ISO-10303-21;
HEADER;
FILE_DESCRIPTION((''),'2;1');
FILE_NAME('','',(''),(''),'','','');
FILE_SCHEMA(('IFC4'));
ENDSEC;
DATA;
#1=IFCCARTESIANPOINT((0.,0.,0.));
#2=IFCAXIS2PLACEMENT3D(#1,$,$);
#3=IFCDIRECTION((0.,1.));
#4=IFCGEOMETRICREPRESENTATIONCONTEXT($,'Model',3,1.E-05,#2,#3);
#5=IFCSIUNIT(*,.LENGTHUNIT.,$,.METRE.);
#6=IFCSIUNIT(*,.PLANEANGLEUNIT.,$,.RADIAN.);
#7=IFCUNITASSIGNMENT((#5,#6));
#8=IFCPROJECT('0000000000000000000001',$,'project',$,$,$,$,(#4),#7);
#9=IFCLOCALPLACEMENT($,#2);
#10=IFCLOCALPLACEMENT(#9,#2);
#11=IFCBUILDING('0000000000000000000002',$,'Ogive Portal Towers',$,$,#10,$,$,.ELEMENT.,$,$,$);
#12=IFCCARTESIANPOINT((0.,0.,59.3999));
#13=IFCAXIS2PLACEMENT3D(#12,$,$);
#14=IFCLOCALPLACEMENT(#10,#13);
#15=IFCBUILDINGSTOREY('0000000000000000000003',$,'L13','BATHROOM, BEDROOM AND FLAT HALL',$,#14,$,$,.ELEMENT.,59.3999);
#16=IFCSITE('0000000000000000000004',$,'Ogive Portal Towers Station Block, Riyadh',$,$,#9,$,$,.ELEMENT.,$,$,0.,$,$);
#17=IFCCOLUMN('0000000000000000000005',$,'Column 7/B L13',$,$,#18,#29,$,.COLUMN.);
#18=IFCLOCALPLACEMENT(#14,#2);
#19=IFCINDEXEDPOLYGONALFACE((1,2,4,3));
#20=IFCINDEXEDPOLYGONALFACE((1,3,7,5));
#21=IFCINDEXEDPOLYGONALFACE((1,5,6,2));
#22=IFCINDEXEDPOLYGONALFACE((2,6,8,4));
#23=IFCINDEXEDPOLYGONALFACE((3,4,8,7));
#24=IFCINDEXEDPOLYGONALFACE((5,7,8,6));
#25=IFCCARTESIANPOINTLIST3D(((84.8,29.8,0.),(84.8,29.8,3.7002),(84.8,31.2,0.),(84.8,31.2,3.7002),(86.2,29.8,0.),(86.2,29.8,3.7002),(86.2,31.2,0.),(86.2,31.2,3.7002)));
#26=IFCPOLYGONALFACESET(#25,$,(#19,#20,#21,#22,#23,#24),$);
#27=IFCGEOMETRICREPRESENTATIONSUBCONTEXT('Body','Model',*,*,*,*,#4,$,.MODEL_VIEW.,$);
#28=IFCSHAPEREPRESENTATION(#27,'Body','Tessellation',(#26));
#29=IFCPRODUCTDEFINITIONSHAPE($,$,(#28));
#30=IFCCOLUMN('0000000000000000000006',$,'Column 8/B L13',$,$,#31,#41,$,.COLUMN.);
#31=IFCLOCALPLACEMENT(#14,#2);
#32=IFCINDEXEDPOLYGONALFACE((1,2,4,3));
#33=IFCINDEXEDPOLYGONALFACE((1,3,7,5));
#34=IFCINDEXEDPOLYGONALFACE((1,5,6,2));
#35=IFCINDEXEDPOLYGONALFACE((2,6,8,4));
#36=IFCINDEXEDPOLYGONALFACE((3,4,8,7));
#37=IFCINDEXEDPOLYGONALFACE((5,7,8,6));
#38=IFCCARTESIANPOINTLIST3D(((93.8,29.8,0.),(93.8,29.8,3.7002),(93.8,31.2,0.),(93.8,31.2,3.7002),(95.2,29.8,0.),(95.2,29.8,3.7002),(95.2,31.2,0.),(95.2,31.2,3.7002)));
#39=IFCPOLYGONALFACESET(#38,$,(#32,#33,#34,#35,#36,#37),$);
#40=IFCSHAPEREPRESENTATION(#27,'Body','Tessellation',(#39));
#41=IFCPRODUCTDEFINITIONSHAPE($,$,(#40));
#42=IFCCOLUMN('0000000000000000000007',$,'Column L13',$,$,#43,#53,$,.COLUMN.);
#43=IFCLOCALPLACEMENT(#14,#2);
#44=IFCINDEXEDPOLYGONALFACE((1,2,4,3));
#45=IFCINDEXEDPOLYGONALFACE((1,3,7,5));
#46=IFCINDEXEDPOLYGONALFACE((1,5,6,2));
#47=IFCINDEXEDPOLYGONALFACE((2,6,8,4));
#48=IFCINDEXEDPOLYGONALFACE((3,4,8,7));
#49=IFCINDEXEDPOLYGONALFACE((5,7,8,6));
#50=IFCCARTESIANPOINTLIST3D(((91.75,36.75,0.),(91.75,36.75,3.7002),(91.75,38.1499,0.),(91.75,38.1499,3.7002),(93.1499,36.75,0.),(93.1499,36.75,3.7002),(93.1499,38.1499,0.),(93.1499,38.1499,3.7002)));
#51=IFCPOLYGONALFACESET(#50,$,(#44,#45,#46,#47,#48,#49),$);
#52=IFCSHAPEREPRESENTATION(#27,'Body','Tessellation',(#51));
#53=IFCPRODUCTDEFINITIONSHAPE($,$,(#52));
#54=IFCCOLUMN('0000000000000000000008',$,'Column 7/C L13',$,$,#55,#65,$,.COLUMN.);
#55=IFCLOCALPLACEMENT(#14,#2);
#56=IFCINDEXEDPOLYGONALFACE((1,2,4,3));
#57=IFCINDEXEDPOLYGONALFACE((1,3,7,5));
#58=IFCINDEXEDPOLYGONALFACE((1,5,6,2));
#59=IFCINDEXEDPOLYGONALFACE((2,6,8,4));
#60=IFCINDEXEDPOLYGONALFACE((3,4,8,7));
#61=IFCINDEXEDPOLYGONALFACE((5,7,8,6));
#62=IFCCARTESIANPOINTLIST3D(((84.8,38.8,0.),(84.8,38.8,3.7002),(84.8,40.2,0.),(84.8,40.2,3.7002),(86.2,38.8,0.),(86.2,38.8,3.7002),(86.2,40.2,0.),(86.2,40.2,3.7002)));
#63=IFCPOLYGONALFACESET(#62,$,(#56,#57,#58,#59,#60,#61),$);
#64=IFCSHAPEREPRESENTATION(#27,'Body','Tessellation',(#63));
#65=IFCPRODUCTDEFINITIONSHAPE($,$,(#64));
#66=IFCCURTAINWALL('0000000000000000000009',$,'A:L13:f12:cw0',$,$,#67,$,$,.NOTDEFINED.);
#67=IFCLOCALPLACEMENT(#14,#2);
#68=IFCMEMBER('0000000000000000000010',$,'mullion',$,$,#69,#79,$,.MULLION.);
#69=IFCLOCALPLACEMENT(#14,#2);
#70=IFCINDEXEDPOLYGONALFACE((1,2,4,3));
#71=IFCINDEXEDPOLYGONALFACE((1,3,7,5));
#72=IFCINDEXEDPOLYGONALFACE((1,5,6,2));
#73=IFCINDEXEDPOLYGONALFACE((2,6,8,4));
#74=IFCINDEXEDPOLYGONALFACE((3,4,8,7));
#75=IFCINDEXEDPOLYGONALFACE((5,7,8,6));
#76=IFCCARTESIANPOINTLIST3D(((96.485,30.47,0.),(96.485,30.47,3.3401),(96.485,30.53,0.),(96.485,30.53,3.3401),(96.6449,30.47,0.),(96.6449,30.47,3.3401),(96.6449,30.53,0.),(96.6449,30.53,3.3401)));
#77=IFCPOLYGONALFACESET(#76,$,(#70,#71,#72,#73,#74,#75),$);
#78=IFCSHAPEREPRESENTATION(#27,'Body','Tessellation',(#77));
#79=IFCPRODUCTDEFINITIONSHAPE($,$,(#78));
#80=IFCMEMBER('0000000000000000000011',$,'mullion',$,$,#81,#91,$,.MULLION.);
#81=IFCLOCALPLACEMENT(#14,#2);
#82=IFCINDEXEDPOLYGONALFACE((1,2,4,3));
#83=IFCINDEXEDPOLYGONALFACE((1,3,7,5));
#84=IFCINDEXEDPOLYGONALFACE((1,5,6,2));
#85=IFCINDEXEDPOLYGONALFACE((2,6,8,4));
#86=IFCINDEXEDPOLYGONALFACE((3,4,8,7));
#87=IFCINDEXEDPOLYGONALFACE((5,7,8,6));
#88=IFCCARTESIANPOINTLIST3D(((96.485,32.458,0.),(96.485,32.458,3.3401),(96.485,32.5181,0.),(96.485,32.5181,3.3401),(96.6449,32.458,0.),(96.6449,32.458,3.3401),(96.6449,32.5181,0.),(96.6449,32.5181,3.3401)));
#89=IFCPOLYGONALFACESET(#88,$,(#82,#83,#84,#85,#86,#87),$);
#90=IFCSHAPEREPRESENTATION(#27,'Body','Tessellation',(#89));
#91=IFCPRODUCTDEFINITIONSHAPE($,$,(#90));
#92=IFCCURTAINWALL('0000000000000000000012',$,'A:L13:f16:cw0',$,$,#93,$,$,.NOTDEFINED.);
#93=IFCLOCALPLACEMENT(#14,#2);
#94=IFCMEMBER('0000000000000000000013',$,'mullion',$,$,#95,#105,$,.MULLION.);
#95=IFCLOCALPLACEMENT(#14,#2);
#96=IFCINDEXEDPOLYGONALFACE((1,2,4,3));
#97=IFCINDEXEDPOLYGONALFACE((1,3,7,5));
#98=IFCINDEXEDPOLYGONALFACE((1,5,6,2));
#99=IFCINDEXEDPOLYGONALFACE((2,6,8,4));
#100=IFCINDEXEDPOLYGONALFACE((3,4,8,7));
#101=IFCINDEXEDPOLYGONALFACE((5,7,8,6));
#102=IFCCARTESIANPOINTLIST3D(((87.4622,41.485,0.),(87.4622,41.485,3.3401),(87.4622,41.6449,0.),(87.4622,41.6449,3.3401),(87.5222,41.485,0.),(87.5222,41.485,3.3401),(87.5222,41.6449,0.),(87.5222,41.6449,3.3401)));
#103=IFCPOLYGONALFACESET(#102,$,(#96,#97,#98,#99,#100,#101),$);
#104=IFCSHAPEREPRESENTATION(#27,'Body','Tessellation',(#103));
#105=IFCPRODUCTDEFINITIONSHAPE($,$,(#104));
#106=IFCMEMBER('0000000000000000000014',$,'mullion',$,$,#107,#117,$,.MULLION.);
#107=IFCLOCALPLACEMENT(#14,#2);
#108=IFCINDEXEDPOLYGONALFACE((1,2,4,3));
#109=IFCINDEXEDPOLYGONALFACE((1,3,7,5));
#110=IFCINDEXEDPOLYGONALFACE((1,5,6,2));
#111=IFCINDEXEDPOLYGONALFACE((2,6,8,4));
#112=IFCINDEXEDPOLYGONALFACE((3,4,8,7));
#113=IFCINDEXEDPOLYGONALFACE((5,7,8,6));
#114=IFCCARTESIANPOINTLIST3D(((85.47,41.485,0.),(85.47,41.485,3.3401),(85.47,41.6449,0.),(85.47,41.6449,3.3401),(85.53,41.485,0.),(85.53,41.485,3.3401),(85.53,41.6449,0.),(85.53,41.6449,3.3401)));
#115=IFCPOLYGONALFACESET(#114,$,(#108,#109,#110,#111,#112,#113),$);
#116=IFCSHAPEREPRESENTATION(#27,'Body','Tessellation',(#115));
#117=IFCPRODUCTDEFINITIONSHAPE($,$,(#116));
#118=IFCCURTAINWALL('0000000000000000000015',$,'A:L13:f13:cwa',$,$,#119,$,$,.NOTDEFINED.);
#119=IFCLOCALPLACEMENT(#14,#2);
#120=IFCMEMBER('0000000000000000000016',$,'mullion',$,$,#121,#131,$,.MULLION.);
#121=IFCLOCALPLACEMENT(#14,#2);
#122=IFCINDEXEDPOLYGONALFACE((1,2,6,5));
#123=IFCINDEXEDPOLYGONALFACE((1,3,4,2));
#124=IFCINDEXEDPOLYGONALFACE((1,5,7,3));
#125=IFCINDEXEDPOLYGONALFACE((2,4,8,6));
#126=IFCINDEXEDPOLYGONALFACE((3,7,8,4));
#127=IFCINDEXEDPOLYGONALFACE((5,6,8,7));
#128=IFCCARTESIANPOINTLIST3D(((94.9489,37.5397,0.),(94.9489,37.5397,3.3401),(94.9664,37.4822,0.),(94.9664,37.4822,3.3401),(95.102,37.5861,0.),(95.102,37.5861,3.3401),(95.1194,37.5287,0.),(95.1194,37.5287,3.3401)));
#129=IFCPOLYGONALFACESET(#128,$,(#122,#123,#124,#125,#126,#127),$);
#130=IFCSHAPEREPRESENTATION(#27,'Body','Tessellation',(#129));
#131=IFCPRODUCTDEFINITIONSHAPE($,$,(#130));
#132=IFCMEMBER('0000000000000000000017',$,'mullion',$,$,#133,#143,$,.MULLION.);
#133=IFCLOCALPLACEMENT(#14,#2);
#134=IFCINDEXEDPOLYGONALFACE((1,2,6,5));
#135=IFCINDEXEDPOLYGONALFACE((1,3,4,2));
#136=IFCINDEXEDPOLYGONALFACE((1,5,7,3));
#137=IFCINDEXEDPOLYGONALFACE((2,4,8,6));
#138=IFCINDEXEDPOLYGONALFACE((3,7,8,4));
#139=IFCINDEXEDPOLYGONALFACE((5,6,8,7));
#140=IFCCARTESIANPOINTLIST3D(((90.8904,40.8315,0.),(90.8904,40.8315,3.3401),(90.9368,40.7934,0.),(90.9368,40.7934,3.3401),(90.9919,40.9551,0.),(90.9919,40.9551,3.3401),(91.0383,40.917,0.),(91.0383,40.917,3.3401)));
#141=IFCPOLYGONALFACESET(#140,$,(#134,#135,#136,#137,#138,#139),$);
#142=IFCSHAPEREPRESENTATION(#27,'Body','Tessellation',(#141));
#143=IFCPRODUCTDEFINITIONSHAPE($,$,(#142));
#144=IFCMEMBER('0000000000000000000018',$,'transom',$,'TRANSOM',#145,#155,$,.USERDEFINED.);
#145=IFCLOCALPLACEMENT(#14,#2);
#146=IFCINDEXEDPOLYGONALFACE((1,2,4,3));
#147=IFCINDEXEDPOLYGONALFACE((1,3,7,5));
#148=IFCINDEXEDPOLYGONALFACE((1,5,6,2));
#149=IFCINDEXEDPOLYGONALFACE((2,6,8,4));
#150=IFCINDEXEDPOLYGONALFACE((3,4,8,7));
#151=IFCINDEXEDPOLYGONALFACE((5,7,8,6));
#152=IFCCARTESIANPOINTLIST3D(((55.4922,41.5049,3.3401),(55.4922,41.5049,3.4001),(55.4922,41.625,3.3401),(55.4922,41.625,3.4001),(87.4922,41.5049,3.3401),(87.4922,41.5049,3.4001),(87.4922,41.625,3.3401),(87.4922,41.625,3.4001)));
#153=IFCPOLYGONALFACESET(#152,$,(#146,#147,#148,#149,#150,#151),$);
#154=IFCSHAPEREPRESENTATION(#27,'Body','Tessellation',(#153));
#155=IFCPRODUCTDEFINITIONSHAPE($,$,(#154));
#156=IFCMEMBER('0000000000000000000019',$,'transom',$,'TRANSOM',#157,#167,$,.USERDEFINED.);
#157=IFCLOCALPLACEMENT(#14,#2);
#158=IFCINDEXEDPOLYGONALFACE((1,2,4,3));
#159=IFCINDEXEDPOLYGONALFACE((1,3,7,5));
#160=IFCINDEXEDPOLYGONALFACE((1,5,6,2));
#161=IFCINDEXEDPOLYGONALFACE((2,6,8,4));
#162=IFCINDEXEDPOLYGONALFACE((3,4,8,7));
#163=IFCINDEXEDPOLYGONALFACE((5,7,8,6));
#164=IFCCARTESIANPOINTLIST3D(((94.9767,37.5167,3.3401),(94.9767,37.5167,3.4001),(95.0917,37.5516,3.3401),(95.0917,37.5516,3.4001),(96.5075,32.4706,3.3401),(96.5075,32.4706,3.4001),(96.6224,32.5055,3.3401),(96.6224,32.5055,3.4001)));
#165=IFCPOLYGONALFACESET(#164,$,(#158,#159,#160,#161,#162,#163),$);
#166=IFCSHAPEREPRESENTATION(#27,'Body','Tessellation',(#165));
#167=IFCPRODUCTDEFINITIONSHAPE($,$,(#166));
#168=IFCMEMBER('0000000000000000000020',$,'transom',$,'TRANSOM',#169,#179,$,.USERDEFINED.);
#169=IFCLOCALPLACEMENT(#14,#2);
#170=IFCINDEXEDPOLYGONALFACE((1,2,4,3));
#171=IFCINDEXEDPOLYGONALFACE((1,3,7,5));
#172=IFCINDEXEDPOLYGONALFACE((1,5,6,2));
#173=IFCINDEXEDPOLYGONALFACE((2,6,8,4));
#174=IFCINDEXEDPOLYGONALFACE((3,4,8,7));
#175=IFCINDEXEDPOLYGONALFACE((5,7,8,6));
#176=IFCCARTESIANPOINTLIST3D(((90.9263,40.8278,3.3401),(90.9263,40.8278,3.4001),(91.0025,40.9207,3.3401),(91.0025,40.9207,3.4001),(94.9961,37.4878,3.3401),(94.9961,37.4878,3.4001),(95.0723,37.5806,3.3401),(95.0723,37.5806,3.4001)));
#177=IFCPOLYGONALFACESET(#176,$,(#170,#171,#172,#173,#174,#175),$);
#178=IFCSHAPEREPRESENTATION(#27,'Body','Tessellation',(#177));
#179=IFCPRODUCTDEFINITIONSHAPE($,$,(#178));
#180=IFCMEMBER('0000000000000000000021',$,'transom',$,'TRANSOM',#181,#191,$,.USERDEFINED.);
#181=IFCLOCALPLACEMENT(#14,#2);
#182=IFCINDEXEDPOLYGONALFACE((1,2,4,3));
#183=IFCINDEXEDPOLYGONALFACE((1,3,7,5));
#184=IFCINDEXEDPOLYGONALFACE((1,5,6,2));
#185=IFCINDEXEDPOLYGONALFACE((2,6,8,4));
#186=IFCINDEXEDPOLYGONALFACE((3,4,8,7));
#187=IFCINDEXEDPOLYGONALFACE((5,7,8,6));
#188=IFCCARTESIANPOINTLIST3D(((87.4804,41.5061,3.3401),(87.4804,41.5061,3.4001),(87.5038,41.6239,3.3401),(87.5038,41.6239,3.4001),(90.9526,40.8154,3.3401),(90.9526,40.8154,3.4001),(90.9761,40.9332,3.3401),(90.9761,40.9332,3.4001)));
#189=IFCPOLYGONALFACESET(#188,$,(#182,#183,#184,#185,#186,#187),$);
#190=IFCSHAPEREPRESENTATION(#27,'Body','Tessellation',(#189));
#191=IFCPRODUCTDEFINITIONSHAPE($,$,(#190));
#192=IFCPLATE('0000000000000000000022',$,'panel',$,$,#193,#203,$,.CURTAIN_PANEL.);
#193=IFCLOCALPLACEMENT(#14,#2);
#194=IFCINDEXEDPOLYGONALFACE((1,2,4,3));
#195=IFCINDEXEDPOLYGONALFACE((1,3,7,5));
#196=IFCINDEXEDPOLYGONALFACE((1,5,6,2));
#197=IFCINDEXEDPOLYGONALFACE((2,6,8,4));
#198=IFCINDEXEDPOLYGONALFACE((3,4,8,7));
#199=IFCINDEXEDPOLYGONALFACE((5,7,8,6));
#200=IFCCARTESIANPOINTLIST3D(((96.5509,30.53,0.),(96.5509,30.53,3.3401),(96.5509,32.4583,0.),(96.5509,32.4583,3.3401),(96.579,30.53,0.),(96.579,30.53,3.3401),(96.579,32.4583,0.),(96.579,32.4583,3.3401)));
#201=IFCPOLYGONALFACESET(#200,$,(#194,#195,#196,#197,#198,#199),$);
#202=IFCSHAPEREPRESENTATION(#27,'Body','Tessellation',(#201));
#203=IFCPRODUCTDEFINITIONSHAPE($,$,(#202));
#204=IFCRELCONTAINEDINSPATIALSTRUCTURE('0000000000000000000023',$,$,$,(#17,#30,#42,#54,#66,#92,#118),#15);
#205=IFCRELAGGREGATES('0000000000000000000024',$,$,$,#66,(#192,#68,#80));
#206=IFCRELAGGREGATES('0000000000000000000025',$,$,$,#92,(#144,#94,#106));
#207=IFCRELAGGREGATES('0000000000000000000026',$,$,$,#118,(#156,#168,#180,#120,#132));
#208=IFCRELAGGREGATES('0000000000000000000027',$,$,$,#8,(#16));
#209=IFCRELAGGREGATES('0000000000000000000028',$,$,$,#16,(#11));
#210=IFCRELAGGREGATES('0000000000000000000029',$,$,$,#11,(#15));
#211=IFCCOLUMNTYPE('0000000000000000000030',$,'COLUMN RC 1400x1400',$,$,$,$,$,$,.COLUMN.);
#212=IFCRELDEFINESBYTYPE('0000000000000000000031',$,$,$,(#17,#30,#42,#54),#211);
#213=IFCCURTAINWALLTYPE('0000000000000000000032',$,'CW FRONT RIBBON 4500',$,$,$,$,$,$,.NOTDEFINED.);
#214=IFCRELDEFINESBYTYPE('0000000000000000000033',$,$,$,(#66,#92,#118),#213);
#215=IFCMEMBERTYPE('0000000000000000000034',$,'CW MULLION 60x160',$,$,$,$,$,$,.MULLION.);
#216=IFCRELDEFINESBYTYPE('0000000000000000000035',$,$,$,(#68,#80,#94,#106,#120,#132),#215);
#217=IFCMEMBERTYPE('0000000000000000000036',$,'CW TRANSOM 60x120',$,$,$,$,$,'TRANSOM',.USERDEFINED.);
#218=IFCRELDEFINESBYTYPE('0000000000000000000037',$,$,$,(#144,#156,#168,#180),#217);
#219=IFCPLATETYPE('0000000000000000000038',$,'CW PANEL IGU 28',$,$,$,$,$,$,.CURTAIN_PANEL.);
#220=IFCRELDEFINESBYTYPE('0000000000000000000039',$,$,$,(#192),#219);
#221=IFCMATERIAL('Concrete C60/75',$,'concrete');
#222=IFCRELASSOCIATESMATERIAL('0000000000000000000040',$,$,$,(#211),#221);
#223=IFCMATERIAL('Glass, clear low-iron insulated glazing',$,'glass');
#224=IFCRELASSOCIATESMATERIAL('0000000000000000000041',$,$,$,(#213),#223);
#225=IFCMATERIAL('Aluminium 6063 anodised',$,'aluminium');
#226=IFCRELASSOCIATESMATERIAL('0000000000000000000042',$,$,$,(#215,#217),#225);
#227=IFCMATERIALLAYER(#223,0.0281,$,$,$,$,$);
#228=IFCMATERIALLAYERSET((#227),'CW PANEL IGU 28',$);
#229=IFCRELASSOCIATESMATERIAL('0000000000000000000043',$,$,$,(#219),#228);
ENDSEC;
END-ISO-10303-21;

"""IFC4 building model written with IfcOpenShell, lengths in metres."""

from ifc_helpers import new_model, si_unit, direction, frame, origin, origin_2d, place, context, subcontext, project, spatial, rectangle, extrude, material, layer, layer_set, material_profile, profile_set, type_object, element, aggregate, save


model = new_model("IFC4")

# Units and contexts
model_context = context("Model", 3, precision=1e-05, world=origin(), true_north=direction((0.0, 1.0)))
body_context = subcontext(model_context, "Body", "Model", "MODEL_VIEW")
ifc_project = project(units=[si_unit("LENGTHUNIT", "METRE"), si_unit("PLANEANGLEUNIT", "RADIAN")], contexts=[model_context])

# Site, building, storey
site_placement = place(None, origin())
site = spatial("IfcSite", under=ifc_project, at=site_placement, Name="Ogive Portal Towers Station Block, Riyadh", CompositionType="ELEMENT", RefElevation=0.0)
building_placement = place(site_placement, origin())
building = spatial("IfcBuilding", under=site, at=building_placement, Name="Ogive Portal Towers", CompositionType="ELEMENT")
storey_placement = place(building_placement, frame((0.0, 0.0, 59.3999)))
storey = spatial("IfcBuildingStorey", under=building, at=storey_placement, Name="L13", Description="BATHROOM, BEDROOM AND FLAT HALL", CompositionType="ELEMENT", Elevation=59.3999)

# Columns
ifc_material_1 = material(Name="Concrete C60/75", Category="concrete")
ifc_material_profile_1 = material_profile(ifc_material_1, rectangle(XDim=1.3999, YDim=1.3999, at=origin_2d()), Name="RC 1400x1400")
ifc_profile_set_1 = profile_set([ifc_material_profile_1], Name="Concrete C60/75")
column_type = type_object("IfcColumnType", Name="COLUMN RC 1400x1400", PredefinedType="COLUMN", material=ifc_profile_set_1)
for number, where, z_axis, x_axis, name in (
    (1, (85.5, 30.5, 0.0), (0.0, 0.0, 1.0), (1.0, 0.0, 0.0), "Column 7/B L13"),
    (2, (94.5, 30.5, 0.0), (0.0, 0.0, 1.0), (1.0, 0.0, 0.0), "Column 8/B L13"),
    (3, (92.45, 37.45, 0.0), (0.0, 0.0, 1.0), (1.0, 0.0, 0.0), "Column L13"),
    (4, (85.5, 39.5, 0.0), (0.0, 0.0, 1.0), (1.0, 0.0, 0.0), "Column 7/C L13"),
):
    element("IfcColumn", number, at=place(storey_placement, frame(where, z_axis=z_axis, x_axis=x_axis)), inside=storey, type_object=column_type, Name=name, PredefinedType="COLUMN", context=body_context, shape_type="SweptSolid", body=[
        extrude(rectangle(XDim=1.3999, YDim=1.3999, at=origin_2d()), origin(), (0.0, 0.0, 1.0), 3.7002),
    ])

# Curtain walls, members
ifc_material_2 = material(Name="Glass, clear low-iron insulated glazing", Category="glass")
curtain_wall_type = type_object("IfcCurtainWallType", Name="CW FRONT RIBBON 4500", PredefinedType="NOTDEFINED", material=ifc_material_2)
curtain_wall_1_placement = place(storey_placement, origin())
curtain_wall_1 = element("IfcCurtainWall", 5, at=curtain_wall_1_placement, inside=storey, type_object=curtain_wall_type, Name="A:L13:f12:cw0", PredefinedType="NOTDEFINED")
ifc_material_3 = material(Name="Aluminium 6063 anodised", Category="aluminium")
ifc_material_profile_2 = material_profile(ifc_material_3, rectangle(XDim=0.1599, YDim=0.0601, at=origin_2d()), Name="AL 60x160")
ifc_profile_set_2 = profile_set([ifc_material_profile_2], Name="Aluminium 6063 anodised")
member_type_1 = type_object("IfcMemberType", Name="CW MULLION 60x160", PredefinedType="MULLION", material=ifc_profile_set_2)
member_1_placement = place(storey_placement, frame((96.5649, 30.5, 0.0), z_axis=(0.0, 0.0, 1.0), x_axis=(-1.0, 0.0, 0.0)))
member_1 = element("IfcMember", 6, at=member_1_placement, type_object=member_type_1, Name="mullion", PredefinedType="MULLION", context=body_context, shape_type="SweptSolid", body=[
    extrude(rectangle(XDim=0.1599, YDim=0.0601, at=origin_2d()), origin(), (0.0, 0.0, 1.0), 3.3401),
])
member_2_placement = place(storey_placement, frame((96.5649, 32.488, 0.0), z_axis=(0.0, 0.0, 1.0), x_axis=(-1.0, 0.0, 0.0)))
member_2 = element("IfcMember", 7, at=member_2_placement, type_object=member_type_1, Name="mullion", PredefinedType="MULLION", context=body_context, shape_type="SweptSolid", body=[
    extrude(rectangle(XDim=0.1599, YDim=0.0601, at=origin_2d()), origin(), (0.0, 0.0, 1.0), 3.3401),
])
curtain_wall_2_placement = place(storey_placement, origin())
curtain_wall_2 = element("IfcCurtainWall", 8, at=curtain_wall_2_placement, inside=storey, type_object=curtain_wall_type, Name="A:L13:f16:cw0", PredefinedType="NOTDEFINED")
member_3_placement = place(storey_placement, frame((87.4922, 41.5649, 0.0), z_axis=(0.0, 0.0, 1.0), x_axis=(0.0, -1.0, 0.0)))
member_3 = element("IfcMember", 9, at=member_3_placement, type_object=member_type_1, Name="mullion", PredefinedType="MULLION", context=body_context, shape_type="SweptSolid", body=[
    extrude(rectangle(XDim=0.1599, YDim=0.0601, at=origin_2d()), origin(), (0.0, 0.0, 1.0), 3.3401),
])
member_4_placement = place(storey_placement, frame((85.5, 41.5649, 0.0), z_axis=(0.0, 0.0, 1.0), x_axis=(0.0, -1.0, 0.0)))
member_4 = element("IfcMember", 10, at=member_4_placement, type_object=member_type_1, Name="mullion", PredefinedType="MULLION", context=body_context, shape_type="SweptSolid", body=[
    extrude(rectangle(XDim=0.1599, YDim=0.0601, at=origin_2d()), origin(), (0.0, 0.0, 1.0), 3.3401),
])
curtain_wall_3_placement = place(storey_placement, origin())
curtain_wall_3 = element("IfcCurtainWall", 11, at=curtain_wall_3_placement, inside=storey, type_object=curtain_wall_type, Name="A:L13:f13:cwa", PredefinedType="NOTDEFINED")
member_5_placement = place(storey_placement, frame((95.0342, 37.5342, 0.0), z_axis=(0.0, 0.0, 1.0), x_axis=(-0.95694, -0.290285, 0.0)))
member_5 = element("IfcMember", 12, at=member_5_placement, type_object=member_type_1, Name="mullion", PredefinedType="MULLION", context=body_context, shape_type="SweptSolid", body=[
    extrude(rectangle(XDim=0.1599, YDim=0.0601, at=origin_2d()), origin(), (0.0, 0.0, 1.0), 3.3401),
])
member_6_placement = place(storey_placement, frame((90.9644, 40.8743, 0.0), z_axis=(0.0, 0.0, 1.0), x_axis=(-0.634393, -0.77301, 0.0)))
member_6 = element("IfcMember", 13, at=member_6_placement, type_object=member_type_1, Name="mullion", PredefinedType="MULLION", context=body_context, shape_type="SweptSolid", body=[
    extrude(rectangle(XDim=0.1599, YDim=0.0601, at=origin_2d()), origin(), (0.0, 0.0, 1.0), 3.3401),
])

# Members
ifc_material_profile_3 = material_profile(ifc_material_3, rectangle(XDim=0.1201, YDim=0.0601, at=origin_2d()), Name="AL 120x60")
ifc_profile_set_3 = profile_set([ifc_material_profile_3], Name="Aluminium 6063 anodised")
member_type_2 = type_object("IfcMemberType", Name="CW TRANSOM 60x120", ElementType="TRANSOM", PredefinedType="USERDEFINED", material=ifc_profile_set_3)
member_7_placement = place(storey_placement, frame((87.4922, 41.5649, 3.3701), z_axis=(-1.0, 0.0, 0.0), x_axis=(0.0, -1.0, 0.0)))
member_7 = element("IfcMember", 14, at=member_7_placement, type_object=member_type_2, Name="transom", ObjectType="TRANSOM", PredefinedType="USERDEFINED", context=body_context, shape_type="SweptSolid", body=[
    extrude(rectangle(XDim=0.1201, YDim=0.0601, at=origin_2d()), origin(), (0.0, 0.0, 1.0), 32.0),
])
member_8_placement = place(storey_placement, frame((96.5649, 32.488, 3.3701), z_axis=(-0.29029, 0.956939, 0.0), x_axis=(-0.956939, -0.29029, 0.0)))
member_8 = element("IfcMember", 15, at=member_8_placement, type_object=member_type_2, Name="transom", ObjectType="TRANSOM", PredefinedType="USERDEFINED", context=body_context, shape_type="SweptSolid", body=[
    extrude(rectangle(XDim=0.1201, YDim=0.0601, at=origin_2d()), origin(), (0.0, 0.0, 1.0), 5.2732),
])
member_9_placement = place(storey_placement, frame((95.0342, 37.5342, 3.3701), z_axis=(-0.773004, 0.634401, 0.0), x_axis=(-0.634401, -0.773004, 0.0)))
member_9 = element("IfcMember", 16, at=member_9_placement, type_object=member_type_2, Name="transom", ObjectType="TRANSOM", PredefinedType="USERDEFINED", context=body_context, shape_type="SweptSolid", body=[
    extrude(rectangle(XDim=0.1201, YDim=0.0601, at=origin_2d()), origin(), (0.0, 0.0, 1.0), 5.2649),
])
member_10_placement = place(storey_placement, frame((90.9644, 40.8743, 3.3701), z_axis=(-0.980784, 0.195095, 0.0), x_axis=(-0.195095, -0.980784, 0.0)))
member_10 = element("IfcMember", 17, at=member_10_placement, type_object=member_type_2, Name="transom", ObjectType="TRANSOM", PredefinedType="USERDEFINED", context=body_context, shape_type="SweptSolid", body=[
    extrude(rectangle(XDim=0.1201, YDim=0.0601, at=origin_2d()), origin(), (0.0, 0.0, 1.0), 3.5403),
])

# Plate
ifc_layer_1 = layer(ifc_material_2, 0.0281)
ifc_layer_set_1 = layer_set([ifc_layer_1], Name="CW PANEL IGU 28")
plate_type = type_object("IfcPlateType", Name="CW PANEL IGU 28", PredefinedType="CURTAIN_PANEL", material=ifc_layer_set_1)
plate_1_placement = place(storey_placement, frame((96.5649, 31.4941, 0.0), z_axis=(0.0, 0.0, 1.0), x_axis=(0.0, 1.0, 0.0)))
plate_1 = element("IfcPlate", 18, at=plate_1_placement, type_object=plate_type, Name="panel", PredefinedType="CURTAIN_PANEL", context=body_context, shape_type="SweptSolid", body=[
    extrude(rectangle(XDim=1.9282, YDim=0.0281, at=origin_2d()), origin(), (0.0, 0.0, 1.0), 3.3401),
])
aggregate(curtain_wall_1, [plate_1, member_1, member_2])
aggregate(curtain_wall_2, [member_7, member_3, member_4])
aggregate(curtain_wall_3, [member_8, member_9, member_10, member_5, member_6])

save(model, "model.ifc")
